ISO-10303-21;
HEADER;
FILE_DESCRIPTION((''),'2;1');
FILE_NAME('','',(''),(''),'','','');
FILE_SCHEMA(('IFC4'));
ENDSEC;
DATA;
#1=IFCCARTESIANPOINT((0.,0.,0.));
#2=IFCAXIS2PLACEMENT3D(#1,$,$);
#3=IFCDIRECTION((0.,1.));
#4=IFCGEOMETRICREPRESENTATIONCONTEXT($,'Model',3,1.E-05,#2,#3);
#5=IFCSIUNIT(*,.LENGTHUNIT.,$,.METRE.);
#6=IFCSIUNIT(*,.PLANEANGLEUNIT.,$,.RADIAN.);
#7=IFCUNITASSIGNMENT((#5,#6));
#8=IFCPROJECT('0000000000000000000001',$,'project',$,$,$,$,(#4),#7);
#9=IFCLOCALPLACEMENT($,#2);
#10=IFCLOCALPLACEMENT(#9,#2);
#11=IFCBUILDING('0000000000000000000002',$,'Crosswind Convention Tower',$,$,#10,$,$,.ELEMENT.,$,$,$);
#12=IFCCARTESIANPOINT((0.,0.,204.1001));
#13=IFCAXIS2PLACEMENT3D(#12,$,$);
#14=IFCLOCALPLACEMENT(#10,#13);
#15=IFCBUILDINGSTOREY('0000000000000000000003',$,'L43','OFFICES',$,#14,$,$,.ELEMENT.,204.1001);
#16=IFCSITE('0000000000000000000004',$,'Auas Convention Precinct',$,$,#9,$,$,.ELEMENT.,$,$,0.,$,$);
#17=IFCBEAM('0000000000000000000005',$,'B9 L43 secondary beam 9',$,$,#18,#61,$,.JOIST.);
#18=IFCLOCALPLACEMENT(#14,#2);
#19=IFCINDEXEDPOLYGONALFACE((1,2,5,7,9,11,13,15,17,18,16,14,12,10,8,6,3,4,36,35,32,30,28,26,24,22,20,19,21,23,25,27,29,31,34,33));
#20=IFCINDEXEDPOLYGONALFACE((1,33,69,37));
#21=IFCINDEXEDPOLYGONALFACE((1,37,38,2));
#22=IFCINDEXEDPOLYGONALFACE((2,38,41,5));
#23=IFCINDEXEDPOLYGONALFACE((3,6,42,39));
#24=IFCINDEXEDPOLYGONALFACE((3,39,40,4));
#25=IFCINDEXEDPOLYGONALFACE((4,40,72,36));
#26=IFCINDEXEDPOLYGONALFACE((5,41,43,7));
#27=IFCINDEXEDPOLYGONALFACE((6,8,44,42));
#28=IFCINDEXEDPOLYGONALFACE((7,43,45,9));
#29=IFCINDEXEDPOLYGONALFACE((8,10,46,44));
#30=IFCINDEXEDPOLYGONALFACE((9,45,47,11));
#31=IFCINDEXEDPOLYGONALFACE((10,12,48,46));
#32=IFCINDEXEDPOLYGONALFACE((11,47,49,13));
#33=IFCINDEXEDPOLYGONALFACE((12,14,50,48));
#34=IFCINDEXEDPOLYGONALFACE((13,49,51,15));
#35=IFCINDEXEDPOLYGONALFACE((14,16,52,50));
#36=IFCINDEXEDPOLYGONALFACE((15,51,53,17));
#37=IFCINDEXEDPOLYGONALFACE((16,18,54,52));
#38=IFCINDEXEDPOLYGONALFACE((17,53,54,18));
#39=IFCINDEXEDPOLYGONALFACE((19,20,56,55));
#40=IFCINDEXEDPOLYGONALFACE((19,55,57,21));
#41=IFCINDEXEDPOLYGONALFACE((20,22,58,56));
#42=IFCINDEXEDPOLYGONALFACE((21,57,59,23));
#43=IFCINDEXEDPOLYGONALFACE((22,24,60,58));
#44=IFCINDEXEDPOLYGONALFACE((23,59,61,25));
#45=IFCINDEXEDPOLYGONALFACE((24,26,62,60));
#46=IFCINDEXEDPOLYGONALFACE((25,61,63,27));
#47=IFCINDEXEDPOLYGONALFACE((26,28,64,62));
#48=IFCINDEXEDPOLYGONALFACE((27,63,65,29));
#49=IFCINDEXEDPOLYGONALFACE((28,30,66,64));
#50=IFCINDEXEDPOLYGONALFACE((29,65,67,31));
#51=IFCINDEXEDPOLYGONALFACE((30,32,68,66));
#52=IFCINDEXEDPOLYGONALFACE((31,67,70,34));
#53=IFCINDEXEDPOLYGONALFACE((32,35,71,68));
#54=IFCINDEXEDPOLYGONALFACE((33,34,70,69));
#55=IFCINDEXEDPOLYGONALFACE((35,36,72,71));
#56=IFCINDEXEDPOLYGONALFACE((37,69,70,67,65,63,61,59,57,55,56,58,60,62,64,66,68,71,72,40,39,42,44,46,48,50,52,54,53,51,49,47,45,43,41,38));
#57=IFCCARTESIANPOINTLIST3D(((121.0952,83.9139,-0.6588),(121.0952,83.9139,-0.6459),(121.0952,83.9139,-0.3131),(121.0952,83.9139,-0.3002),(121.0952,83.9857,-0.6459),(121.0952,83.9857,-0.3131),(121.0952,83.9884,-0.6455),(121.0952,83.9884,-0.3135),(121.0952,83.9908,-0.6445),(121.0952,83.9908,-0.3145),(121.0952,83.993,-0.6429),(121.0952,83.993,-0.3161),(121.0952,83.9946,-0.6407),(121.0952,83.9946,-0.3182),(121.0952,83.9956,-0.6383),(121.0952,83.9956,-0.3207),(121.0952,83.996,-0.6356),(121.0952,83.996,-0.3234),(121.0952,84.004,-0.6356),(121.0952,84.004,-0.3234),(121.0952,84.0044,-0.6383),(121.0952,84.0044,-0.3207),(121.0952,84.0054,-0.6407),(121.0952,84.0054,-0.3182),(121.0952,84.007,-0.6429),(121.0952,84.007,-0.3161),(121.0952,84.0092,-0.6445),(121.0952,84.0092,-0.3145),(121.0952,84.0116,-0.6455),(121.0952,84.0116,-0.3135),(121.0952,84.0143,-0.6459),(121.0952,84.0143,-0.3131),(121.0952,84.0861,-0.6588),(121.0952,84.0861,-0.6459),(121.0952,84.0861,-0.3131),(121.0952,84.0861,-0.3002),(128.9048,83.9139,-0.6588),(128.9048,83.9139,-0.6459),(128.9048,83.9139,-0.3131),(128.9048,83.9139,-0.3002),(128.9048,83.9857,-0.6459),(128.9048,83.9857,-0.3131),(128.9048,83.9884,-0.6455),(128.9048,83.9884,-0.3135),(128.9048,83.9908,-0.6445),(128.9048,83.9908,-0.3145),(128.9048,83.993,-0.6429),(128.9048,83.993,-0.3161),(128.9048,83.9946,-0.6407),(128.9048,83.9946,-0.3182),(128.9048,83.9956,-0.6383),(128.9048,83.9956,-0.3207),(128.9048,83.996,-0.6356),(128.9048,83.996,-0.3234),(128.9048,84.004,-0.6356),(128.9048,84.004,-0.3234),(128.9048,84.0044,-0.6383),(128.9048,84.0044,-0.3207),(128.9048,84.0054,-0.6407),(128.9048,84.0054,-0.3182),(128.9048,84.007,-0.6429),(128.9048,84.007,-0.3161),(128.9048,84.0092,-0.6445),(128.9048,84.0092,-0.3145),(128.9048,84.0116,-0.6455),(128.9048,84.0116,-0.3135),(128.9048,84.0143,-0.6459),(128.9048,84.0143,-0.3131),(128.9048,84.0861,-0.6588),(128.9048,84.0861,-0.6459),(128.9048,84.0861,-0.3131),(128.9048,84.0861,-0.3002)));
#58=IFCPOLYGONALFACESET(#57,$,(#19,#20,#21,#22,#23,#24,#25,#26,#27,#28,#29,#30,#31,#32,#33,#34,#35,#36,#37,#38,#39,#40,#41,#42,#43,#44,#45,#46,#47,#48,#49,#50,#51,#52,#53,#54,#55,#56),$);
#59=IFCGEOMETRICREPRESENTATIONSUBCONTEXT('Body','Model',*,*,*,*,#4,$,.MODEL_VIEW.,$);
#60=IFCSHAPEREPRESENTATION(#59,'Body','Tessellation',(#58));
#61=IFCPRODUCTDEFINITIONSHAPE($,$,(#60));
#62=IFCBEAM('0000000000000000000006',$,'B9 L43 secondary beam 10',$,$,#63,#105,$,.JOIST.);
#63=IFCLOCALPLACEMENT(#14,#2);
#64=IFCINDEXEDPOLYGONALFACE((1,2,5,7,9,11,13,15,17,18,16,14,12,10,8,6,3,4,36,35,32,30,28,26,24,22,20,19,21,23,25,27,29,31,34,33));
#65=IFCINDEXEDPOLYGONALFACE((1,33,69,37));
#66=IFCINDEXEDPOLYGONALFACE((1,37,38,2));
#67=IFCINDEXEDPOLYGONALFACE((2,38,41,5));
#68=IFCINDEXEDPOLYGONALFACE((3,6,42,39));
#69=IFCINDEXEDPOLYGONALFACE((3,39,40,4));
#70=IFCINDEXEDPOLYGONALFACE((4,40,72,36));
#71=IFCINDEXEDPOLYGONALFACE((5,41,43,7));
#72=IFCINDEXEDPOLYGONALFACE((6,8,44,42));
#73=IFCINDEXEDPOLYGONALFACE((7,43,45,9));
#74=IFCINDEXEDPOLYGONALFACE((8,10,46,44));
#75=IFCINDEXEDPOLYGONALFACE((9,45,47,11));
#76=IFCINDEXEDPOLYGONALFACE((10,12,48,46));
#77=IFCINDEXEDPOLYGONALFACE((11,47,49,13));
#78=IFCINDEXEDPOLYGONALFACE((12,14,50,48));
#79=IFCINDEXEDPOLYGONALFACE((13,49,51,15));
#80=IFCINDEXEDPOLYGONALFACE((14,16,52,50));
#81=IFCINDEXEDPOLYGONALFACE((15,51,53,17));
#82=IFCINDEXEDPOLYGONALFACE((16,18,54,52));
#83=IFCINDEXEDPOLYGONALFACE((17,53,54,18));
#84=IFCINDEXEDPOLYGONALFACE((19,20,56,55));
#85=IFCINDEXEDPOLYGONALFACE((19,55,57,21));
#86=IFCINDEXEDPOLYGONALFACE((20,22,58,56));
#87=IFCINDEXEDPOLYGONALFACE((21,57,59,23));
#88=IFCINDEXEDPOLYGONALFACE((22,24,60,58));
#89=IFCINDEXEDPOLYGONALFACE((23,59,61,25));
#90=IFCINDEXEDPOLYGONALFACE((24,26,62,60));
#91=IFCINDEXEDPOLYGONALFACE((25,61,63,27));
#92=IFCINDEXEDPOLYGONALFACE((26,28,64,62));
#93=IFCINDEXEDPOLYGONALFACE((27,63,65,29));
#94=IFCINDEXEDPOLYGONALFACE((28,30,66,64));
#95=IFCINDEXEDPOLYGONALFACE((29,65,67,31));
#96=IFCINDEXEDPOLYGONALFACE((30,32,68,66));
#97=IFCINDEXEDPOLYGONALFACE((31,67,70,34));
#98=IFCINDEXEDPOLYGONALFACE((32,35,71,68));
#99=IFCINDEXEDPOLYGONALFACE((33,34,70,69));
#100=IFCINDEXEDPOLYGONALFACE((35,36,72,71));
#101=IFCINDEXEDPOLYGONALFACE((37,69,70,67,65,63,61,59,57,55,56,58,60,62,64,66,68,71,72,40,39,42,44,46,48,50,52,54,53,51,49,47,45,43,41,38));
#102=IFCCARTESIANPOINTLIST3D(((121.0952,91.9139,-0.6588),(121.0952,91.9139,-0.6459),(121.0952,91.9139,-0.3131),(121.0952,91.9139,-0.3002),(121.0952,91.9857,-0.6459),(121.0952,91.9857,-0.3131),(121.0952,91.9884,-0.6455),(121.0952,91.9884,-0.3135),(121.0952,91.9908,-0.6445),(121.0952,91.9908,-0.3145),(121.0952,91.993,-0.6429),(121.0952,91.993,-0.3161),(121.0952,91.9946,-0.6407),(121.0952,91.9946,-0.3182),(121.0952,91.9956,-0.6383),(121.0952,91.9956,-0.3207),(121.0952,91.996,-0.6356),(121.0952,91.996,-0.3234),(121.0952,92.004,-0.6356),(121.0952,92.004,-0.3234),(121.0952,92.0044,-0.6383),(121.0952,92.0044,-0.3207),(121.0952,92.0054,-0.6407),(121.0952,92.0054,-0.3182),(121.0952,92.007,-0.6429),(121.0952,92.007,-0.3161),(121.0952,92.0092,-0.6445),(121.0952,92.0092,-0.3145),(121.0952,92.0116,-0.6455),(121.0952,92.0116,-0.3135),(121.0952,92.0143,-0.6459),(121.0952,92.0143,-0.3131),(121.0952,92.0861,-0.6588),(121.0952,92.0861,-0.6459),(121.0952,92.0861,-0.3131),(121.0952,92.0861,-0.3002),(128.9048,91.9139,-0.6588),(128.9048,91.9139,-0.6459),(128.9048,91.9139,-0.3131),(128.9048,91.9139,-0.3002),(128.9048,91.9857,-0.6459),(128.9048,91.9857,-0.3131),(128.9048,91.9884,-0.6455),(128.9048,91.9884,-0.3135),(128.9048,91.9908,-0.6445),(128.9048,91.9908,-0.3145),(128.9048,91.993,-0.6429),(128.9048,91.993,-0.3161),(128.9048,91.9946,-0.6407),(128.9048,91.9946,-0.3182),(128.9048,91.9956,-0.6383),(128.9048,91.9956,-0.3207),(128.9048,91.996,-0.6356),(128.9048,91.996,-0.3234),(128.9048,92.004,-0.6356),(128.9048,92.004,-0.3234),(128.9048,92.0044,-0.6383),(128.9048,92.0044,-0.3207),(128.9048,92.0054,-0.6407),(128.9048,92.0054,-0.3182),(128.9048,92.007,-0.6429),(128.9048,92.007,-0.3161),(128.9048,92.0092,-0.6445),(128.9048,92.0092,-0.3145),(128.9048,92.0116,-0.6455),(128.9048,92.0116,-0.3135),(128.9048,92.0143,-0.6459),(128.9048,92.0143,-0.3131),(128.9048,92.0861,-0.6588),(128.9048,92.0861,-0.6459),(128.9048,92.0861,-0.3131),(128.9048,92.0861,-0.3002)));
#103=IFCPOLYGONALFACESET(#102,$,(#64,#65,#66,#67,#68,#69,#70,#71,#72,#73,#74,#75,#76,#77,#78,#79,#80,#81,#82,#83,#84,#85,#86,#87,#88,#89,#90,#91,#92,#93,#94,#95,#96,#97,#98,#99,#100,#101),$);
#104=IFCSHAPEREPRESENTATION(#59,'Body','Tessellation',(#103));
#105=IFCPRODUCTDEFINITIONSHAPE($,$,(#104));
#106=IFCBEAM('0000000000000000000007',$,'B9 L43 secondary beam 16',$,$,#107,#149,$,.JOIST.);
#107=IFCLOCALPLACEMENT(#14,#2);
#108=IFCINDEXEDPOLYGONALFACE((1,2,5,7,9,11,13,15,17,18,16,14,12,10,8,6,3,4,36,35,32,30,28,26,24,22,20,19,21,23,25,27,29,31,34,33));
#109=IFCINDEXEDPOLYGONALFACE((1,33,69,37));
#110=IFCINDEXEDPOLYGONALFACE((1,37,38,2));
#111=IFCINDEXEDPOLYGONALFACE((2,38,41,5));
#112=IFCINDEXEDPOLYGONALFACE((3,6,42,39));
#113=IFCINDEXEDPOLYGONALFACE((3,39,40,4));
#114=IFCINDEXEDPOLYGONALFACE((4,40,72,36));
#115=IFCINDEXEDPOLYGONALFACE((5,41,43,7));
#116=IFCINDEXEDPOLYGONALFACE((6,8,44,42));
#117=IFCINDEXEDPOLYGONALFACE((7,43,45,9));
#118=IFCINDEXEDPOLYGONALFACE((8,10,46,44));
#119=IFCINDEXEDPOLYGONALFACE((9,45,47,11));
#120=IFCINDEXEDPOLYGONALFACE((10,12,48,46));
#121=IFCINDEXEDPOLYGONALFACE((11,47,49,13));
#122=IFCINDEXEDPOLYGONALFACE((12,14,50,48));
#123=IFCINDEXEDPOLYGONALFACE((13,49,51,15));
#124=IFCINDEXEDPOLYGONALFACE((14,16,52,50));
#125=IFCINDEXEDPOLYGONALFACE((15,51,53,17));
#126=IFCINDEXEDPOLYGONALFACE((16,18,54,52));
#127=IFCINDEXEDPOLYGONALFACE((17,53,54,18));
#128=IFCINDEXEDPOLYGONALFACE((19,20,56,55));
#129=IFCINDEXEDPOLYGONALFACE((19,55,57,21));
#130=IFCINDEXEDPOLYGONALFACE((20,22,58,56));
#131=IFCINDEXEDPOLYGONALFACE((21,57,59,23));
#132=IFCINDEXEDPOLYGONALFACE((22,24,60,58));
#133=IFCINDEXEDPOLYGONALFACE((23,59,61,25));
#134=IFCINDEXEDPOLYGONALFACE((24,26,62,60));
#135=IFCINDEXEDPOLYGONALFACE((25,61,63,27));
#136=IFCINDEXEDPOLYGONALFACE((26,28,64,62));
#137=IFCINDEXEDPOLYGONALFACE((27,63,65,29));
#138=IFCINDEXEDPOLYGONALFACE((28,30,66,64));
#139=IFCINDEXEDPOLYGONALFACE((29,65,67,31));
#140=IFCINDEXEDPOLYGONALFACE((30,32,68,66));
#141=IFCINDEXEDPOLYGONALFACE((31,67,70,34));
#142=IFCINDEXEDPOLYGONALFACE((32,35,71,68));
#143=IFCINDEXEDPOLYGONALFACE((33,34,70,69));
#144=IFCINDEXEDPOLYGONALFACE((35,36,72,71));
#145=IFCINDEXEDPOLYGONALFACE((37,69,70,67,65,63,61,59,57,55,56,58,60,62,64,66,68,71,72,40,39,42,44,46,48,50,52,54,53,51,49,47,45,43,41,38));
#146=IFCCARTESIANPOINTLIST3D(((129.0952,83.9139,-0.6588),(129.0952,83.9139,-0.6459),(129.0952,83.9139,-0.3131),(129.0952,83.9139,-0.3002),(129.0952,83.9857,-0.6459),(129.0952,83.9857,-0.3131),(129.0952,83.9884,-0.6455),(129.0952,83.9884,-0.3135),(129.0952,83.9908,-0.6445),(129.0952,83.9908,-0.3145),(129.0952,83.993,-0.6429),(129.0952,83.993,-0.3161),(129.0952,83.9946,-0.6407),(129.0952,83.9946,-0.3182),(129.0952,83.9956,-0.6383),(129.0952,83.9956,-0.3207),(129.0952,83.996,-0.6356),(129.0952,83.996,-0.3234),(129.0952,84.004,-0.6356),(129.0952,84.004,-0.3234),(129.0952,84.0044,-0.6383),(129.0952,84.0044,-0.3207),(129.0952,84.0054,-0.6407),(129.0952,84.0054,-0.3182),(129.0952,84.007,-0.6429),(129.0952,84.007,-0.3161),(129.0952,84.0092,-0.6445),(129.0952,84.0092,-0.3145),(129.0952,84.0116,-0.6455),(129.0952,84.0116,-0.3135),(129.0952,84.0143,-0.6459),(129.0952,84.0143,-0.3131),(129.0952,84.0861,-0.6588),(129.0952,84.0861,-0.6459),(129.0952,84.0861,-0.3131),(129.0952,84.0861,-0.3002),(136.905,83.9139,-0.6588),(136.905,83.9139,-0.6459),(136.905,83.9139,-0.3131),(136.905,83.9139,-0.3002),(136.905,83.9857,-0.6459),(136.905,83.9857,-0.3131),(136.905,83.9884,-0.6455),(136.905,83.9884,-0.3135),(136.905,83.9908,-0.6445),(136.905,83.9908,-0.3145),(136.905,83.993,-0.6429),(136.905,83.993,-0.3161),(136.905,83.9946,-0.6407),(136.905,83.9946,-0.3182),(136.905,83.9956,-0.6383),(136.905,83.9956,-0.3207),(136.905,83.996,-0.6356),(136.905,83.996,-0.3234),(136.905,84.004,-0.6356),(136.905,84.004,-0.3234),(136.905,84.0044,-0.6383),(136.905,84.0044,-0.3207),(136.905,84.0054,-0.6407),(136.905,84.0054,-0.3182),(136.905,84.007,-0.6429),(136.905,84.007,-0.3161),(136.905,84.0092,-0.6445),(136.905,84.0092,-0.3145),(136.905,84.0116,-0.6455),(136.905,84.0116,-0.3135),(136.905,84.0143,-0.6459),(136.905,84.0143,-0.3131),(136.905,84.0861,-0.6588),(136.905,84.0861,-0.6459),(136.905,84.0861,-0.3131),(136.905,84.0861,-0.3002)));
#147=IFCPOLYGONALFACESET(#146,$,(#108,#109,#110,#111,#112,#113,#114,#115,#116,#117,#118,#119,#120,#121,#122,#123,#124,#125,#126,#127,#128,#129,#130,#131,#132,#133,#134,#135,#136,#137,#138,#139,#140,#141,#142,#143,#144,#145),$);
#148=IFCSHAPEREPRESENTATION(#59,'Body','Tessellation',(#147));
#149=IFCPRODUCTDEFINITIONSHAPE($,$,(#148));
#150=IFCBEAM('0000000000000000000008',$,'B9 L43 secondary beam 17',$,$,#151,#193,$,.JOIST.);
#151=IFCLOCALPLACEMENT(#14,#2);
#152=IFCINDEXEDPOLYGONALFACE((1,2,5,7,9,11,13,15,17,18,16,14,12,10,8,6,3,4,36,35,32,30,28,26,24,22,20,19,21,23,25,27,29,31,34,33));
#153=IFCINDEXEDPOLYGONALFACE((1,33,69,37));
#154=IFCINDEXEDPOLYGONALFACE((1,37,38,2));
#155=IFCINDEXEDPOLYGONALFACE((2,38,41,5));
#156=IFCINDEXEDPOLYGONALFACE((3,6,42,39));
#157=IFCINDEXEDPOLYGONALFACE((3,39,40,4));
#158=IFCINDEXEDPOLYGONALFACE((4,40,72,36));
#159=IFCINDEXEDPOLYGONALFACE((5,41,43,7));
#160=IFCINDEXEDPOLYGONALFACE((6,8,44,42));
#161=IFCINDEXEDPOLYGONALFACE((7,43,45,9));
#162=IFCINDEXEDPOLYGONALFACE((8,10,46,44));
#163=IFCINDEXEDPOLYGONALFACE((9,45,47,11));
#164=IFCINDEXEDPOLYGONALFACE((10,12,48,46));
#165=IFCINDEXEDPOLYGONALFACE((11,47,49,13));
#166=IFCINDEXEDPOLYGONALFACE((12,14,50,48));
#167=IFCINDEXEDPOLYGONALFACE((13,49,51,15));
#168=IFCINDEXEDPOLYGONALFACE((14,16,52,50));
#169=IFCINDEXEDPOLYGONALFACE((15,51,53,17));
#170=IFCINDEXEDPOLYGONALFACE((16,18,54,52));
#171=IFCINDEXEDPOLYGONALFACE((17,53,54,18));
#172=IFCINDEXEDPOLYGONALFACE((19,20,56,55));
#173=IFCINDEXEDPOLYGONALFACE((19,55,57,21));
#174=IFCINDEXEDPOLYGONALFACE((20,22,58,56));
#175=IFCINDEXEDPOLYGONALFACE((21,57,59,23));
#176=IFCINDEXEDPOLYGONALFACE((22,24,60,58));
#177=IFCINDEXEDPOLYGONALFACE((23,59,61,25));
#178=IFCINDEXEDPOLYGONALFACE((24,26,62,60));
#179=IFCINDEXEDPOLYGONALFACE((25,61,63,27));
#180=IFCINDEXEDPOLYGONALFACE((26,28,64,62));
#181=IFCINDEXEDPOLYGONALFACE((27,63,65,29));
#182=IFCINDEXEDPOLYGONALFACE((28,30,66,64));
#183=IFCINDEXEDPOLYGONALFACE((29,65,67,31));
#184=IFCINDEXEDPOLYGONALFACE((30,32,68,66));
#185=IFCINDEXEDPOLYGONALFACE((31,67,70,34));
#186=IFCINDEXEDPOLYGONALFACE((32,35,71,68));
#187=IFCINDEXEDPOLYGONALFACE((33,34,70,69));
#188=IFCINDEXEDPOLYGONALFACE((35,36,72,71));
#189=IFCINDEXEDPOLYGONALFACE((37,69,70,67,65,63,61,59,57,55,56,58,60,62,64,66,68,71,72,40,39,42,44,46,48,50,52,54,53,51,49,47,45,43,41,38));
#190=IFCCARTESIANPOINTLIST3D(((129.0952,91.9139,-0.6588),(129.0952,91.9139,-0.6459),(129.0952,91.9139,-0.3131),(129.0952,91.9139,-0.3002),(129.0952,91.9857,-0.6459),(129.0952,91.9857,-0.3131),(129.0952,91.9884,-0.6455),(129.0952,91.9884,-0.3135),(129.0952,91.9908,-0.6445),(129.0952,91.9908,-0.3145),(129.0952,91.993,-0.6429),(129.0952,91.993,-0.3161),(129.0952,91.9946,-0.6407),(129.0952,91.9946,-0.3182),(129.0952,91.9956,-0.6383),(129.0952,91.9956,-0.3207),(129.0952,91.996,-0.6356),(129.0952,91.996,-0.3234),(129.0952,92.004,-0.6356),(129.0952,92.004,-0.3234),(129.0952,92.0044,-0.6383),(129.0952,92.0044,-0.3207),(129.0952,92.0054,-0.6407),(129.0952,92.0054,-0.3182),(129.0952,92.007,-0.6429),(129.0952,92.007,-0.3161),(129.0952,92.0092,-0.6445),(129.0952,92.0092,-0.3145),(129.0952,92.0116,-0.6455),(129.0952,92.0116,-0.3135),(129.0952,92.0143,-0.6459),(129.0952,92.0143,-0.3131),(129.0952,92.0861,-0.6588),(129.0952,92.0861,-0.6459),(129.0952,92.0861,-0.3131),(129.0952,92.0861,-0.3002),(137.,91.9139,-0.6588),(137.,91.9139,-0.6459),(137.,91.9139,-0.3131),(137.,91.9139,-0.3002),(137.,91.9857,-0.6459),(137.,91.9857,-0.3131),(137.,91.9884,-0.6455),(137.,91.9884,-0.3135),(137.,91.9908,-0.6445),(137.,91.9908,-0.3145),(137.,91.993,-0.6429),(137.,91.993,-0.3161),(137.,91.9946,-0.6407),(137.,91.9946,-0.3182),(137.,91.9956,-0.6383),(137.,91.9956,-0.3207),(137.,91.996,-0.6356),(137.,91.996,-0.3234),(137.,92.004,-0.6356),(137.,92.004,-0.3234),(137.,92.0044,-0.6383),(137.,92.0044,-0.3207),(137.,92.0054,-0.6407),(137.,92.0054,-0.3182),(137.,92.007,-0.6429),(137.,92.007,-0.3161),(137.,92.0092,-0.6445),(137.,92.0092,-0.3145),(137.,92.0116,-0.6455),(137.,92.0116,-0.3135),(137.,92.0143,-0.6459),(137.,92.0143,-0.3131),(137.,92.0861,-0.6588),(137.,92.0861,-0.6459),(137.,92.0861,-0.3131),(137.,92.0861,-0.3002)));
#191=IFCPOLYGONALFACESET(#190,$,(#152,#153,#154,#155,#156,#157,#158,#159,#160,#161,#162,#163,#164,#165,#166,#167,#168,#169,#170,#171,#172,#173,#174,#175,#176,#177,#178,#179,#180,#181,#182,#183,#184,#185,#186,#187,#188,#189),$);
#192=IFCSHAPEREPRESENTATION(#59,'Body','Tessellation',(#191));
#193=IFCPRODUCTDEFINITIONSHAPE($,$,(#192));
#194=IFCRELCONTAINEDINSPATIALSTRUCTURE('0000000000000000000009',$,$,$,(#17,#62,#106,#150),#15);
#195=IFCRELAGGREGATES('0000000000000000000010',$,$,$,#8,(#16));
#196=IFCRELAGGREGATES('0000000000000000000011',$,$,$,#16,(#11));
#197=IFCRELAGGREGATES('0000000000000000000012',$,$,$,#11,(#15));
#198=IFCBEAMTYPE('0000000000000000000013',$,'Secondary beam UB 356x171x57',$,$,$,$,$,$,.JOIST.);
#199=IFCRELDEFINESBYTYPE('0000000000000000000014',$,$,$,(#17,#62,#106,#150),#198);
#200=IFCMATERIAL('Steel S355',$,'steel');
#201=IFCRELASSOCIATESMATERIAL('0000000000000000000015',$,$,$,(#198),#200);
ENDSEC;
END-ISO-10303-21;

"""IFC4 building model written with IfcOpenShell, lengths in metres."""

from ifc_helpers import new_model, si_unit, direction, frame, origin, origin_2d, place, context, subcontext, project, spatial, i_section, extrude, material, material_profile, profile_set, type_object, element, save


model = new_model("IFC4")

# Units and contexts
model_context = context("Model", 3, precision=1e-05, world=origin(), true_north=direction((0.0, 1.0)))
body_context = subcontext(model_context, "Body", "Model", "MODEL_VIEW")
ifc_project = project(units=[si_unit("LENGTHUNIT", "METRE"), si_unit("PLANEANGLEUNIT", "RADIAN")], contexts=[model_context])

# Site, building, storey
site_placement = place(None, origin())
site = spatial("IfcSite", under=ifc_project, at=site_placement, Name="Auas Convention Precinct", CompositionType="ELEMENT", RefElevation=0.0)
building_placement = place(site_placement, origin())
building = spatial("IfcBuilding", under=site, at=building_placement, Name="Crosswind Convention Tower", CompositionType="ELEMENT")
storey_placement = place(building_placement, frame((0.0, 0.0, 204.1001)))
storey = spatial("IfcBuildingStorey", under=building, at=storey_placement, Name="L43", Description="OFFICES", CompositionType="ELEMENT", Elevation=204.1001)

# Beams
ifc_material_1 = material(Name="Steel S355", Category="steel")
ifc_material_profile_1 = material_profile(ifc_material_1, i_section(OverallWidth=0.1721, OverallDepth=0.3586, WebThickness=0.0081, FlangeThickness=0.0129, FilletRadius=0.0103, at=origin_2d()), Name="UB 356x171x57")
ifc_profile_set_1 = profile_set([ifc_material_profile_1], Name="Steel S355")
beam_type_1 = type_object("IfcBeamType", Name="Secondary beam UB 356x171x57", PredefinedType="JOIST", material=ifc_profile_set_1)
for number, where, z_axis, x_axis, name in (
    (1, (121.0952, 84.0, -0.4795), (1.0, 0.0, 0.0), (0.0, 1.0, 0.0), "B9 L43 secondary beam 9"),
    (2, (121.0952, 92.0, -0.4795), (1.0, 0.0, 0.0), (0.0, 1.0, 0.0), "B9 L43 secondary beam 10"),
):
    element("IfcBeam", number, at=place(storey_placement, frame(where, z_axis=z_axis, x_axis=x_axis)), inside=storey, type_object=beam_type_1, Name=name, PredefinedType="JOIST", context=body_context, shape_type="SweptSolid", body=[
        extrude(i_section(OverallWidth=0.1721, OverallDepth=0.3586, WebThickness=0.0081, FlangeThickness=0.0129, FilletRadius=0.0103, at=origin_2d()), origin(), (0.0, 0.0, 1.0), 7.8096),
    ])
beam_1_placement = place(storey_placement, frame((129.0952, 84.0, -0.4795), z_axis=(1.0, 0.0, 0.0), x_axis=(0.0, 1.0, 0.0)))
element("IfcBeam", 3, at=beam_1_placement, inside=storey, type_object=beam_type_1, Name="B9 L43 secondary beam 16", PredefinedType="JOIST", context=body_context, shape_type="SweptSolid", body=[
    extrude(i_section(OverallWidth=0.1721, OverallDepth=0.3586, WebThickness=0.0081, FlangeThickness=0.0129, FilletRadius=0.0103, at=origin_2d()), origin(), (0.0, 0.0, 1.0), 7.8098),
])
beam_2_placement = place(storey_placement, frame((129.0952, 92.0, -0.4795), z_axis=(1.0, 0.0, 0.0), x_axis=(0.0, 1.0, 0.0)))
element("IfcBeam", 4, at=beam_2_placement, inside=storey, type_object=beam_type_1, Name="B9 L43 secondary beam 17", PredefinedType="JOIST", context=body_context, shape_type="SweptSolid", body=[
    extrude(i_section(OverallWidth=0.1721, OverallDepth=0.3586, WebThickness=0.0081, FlangeThickness=0.0129, FilletRadius=0.0103, at=origin_2d()), origin(), (0.0, 0.0, 1.0), 7.9048),
])

save(model, "model.ifc")
